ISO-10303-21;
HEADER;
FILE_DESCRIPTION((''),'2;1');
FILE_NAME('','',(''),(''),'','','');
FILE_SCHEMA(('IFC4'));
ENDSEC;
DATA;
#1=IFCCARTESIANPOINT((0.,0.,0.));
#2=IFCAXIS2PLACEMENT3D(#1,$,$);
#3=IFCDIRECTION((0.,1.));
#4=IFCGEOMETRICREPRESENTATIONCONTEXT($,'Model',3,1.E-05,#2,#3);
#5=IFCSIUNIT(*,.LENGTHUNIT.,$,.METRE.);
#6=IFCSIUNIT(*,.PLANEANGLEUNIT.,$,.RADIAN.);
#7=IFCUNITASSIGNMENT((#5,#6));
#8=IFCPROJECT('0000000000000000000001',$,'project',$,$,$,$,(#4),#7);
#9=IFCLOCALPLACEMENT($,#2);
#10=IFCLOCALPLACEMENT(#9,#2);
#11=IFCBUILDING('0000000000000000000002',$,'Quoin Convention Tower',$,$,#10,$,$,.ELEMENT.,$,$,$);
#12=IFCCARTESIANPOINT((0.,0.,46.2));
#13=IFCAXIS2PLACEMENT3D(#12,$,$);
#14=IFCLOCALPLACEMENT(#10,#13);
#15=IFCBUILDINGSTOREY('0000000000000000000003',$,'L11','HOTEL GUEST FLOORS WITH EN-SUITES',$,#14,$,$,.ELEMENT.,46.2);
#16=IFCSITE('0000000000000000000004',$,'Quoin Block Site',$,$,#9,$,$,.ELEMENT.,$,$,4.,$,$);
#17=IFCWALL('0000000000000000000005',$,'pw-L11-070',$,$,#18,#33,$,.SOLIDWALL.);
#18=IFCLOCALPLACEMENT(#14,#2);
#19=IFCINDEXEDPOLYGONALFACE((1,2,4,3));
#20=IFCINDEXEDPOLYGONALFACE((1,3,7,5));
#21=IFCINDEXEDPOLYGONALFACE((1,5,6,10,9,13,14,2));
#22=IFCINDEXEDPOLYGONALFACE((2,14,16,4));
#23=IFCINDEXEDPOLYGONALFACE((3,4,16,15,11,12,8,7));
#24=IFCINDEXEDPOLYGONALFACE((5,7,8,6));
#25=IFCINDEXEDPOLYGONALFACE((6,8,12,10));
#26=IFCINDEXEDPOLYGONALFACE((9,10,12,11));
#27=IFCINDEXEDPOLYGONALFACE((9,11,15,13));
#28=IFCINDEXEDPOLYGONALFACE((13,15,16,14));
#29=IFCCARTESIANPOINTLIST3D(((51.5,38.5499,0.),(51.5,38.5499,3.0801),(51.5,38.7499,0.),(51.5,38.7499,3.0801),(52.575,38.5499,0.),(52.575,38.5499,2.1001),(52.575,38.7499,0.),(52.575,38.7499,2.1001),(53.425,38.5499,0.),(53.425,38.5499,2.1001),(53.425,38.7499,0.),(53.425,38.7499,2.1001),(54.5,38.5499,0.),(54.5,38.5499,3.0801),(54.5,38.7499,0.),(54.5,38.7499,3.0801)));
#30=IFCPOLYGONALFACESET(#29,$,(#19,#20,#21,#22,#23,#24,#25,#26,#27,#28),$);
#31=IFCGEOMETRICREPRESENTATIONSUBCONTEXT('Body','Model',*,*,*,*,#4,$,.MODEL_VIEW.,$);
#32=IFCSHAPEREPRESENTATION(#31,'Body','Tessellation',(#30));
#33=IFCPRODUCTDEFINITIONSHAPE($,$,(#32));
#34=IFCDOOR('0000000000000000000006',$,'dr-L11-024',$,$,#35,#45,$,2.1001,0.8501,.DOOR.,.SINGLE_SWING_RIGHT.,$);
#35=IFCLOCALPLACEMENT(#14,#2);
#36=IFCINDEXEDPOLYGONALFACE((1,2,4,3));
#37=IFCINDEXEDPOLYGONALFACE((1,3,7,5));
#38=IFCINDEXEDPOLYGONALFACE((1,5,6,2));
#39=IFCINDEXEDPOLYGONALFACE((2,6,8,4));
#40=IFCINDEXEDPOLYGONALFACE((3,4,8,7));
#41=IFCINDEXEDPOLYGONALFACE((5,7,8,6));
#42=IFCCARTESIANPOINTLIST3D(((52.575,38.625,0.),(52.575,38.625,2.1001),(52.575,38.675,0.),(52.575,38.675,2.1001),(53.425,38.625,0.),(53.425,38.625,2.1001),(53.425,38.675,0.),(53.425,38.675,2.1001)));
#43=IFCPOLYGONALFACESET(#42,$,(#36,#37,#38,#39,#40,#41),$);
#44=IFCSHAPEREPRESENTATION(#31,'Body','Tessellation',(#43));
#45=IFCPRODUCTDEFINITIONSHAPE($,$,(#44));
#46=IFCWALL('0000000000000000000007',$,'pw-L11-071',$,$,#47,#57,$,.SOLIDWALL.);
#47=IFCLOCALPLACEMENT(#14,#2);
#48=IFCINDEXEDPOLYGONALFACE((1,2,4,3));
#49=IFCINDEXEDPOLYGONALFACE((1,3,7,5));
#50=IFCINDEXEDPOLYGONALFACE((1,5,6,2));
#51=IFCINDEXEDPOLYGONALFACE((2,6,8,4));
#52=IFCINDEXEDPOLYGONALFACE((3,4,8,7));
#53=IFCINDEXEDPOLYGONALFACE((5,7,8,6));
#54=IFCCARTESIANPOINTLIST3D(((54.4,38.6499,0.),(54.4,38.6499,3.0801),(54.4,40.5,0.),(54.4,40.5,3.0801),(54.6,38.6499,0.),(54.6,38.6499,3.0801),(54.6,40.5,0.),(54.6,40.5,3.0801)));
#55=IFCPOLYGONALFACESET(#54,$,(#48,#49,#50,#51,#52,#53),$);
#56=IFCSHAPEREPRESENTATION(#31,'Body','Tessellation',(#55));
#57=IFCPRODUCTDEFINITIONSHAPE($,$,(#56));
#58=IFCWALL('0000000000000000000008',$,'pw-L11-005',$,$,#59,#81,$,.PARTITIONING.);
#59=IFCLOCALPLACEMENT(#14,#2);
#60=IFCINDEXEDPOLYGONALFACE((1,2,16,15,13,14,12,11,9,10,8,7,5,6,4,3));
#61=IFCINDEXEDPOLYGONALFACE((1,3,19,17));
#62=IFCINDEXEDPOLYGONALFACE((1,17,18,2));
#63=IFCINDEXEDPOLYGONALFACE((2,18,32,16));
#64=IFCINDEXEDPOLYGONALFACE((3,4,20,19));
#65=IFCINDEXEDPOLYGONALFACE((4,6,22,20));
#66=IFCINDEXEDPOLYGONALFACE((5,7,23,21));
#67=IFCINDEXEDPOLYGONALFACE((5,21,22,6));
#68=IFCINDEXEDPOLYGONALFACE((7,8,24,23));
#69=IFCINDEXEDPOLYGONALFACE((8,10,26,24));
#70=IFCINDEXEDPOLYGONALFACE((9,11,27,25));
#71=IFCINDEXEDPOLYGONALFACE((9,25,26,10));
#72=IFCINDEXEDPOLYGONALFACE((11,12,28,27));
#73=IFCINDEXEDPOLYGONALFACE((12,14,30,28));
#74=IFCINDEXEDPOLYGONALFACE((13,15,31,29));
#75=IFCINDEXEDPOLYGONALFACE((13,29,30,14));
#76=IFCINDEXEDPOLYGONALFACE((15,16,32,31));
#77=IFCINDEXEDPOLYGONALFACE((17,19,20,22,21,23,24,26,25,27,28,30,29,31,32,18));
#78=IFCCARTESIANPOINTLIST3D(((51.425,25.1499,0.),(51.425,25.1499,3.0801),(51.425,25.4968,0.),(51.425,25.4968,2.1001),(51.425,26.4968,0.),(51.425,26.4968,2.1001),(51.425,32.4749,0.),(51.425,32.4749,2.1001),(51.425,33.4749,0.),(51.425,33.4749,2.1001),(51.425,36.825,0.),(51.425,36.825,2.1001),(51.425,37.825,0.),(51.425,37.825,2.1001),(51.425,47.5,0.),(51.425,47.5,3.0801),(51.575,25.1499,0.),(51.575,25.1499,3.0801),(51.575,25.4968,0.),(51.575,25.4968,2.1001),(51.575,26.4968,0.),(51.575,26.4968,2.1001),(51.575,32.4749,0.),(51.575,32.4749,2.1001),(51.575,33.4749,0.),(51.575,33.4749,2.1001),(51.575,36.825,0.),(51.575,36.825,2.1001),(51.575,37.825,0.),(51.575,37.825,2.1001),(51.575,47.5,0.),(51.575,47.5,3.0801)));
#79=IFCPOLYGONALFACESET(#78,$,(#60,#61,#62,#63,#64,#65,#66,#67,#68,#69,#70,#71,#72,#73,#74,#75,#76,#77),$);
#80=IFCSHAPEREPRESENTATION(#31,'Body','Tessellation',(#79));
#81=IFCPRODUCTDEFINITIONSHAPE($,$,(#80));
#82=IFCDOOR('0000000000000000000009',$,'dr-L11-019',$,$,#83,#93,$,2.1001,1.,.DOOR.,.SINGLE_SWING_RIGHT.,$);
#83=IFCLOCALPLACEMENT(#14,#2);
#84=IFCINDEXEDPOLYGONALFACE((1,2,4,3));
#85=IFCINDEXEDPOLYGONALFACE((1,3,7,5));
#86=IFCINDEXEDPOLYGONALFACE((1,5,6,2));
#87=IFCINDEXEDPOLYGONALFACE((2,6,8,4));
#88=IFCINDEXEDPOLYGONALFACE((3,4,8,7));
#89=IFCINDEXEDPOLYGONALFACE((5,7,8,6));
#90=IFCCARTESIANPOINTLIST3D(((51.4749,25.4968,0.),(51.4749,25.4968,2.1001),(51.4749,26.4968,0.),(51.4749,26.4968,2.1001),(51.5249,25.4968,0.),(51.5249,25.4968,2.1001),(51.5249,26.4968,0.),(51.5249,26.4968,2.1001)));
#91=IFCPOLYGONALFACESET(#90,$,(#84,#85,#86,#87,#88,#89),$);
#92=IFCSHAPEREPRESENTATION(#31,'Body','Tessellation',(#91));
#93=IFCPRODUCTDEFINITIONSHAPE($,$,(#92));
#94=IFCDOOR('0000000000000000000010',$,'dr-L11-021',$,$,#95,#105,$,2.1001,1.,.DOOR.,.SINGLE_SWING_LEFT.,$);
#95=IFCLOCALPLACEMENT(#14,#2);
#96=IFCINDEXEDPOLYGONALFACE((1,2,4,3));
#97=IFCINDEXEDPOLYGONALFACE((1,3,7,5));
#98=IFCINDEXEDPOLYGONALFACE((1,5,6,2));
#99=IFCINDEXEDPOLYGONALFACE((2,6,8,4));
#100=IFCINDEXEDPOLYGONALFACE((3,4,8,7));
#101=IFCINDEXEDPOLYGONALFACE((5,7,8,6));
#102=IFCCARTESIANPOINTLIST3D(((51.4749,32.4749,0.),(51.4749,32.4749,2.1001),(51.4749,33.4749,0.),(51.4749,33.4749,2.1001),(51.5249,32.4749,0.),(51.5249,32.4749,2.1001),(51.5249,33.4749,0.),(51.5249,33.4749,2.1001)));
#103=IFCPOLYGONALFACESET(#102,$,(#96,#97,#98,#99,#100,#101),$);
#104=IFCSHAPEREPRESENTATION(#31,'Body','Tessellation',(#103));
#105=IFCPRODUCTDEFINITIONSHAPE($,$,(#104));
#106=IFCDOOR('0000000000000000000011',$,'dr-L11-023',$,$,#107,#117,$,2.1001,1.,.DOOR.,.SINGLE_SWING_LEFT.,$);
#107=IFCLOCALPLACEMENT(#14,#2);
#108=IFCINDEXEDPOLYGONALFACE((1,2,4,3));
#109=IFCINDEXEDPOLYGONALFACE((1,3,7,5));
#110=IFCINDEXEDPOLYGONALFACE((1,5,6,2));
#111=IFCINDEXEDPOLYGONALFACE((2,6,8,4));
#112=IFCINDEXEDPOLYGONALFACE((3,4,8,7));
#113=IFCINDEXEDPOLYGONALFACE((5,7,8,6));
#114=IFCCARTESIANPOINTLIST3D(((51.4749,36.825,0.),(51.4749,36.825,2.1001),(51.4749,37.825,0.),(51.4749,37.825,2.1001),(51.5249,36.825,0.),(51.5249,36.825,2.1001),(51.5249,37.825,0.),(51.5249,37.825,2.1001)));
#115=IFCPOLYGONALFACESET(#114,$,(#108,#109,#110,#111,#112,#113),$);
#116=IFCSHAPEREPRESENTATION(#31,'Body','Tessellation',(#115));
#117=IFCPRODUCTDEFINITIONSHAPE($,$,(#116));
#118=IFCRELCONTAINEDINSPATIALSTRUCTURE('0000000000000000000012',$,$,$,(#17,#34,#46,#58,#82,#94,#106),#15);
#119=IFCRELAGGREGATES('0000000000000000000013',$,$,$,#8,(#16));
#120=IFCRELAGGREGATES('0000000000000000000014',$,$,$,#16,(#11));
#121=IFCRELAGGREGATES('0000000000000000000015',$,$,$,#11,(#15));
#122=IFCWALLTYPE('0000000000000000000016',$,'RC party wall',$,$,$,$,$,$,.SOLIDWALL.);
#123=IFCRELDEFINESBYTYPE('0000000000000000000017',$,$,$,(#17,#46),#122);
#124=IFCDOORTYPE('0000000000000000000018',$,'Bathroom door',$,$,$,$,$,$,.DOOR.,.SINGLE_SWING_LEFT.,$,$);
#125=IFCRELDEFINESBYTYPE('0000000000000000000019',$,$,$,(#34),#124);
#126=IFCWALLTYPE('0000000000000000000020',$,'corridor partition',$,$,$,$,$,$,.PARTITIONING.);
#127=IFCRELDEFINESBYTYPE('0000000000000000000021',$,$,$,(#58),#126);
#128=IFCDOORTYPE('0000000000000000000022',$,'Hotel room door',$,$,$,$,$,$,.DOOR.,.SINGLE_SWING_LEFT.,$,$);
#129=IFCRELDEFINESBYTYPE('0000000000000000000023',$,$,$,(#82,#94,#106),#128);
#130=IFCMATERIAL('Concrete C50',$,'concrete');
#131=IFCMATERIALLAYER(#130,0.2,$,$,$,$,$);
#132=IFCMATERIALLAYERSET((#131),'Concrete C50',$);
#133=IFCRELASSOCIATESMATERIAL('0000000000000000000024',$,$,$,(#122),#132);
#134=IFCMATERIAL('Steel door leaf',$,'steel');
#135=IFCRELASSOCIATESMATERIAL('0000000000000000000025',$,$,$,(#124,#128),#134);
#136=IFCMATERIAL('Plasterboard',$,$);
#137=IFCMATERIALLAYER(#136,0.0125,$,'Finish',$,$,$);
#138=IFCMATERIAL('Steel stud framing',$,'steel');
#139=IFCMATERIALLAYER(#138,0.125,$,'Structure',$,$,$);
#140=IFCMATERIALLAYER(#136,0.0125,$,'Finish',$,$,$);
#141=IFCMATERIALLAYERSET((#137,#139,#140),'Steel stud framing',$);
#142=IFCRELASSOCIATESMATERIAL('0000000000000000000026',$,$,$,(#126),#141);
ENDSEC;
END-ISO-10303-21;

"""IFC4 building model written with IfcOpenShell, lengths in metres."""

from ifc_helpers import new_model, si_unit, direction, frame, frame_2d, origin, place, context, subcontext, project, spatial, rectangle, extrude, material, layer, layer_set, type_object, element, fill, save


model = new_model("IFC4")

# Units and contexts
model_context = context("Model", 3, precision=1e-05, world=origin(), true_north=direction((0.0, 1.0)))
body_context = subcontext(model_context, "Body", "Model", "MODEL_VIEW")
ifc_project = project(units=[si_unit("LENGTHUNIT", "METRE"), si_unit("PLANEANGLEUNIT", "RADIAN")], contexts=[model_context])

# Site, building, storey
site_placement = place(None, origin())
site = spatial("IfcSite", under=ifc_project, at=site_placement, Name="Quoin Block Site", CompositionType="ELEMENT", RefElevation=4.0)
building_placement = place(site_placement, origin())
building = spatial("IfcBuilding", under=site, at=building_placement, Name="Quoin Convention Tower", CompositionType="ELEMENT")
storey_placement = place(building_placement, frame((0.0, 0.0, 46.2)))
storey = spatial("IfcBuildingStorey", under=building, at=storey_placement, Name="L11", Description="HOTEL GUEST FLOORS WITH EN-SUITES", CompositionType="ELEMENT", Elevation=46.2)

# Shared definitions
ifc_material_1 = material(Name="Concrete C50", Category="concrete")
ifc_layer_1 = layer(ifc_material_1, 0.2)
ifc_layer_set_1 = layer_set([ifc_layer_1], Name="Concrete C50")
wall_type_1 = type_object("IfcWallType", Name="RC party wall", PredefinedType="SOLIDWALL", material=ifc_layer_set_1)
ifc_material_2 = material(Name="Steel door leaf", Category="steel")
door_type_1 = type_object("IfcDoorType", Name="Bathroom door", OperationType="SINGLE_SWING_LEFT", PredefinedType="DOOR", material=ifc_material_2)

# Wall, opening, door
wall_1_placement = place(storey_placement, frame((51.5, 38.6499, 0.0), z_axis=(0.0, 0.0, 1.0), x_axis=(1.0, 0.0, 0.0)))
wall_1 = element("IfcWall", 1, at=wall_1_placement, inside=storey, type_object=wall_type_1, Name="pw-L11-070", PredefinedType="SOLIDWALL", context=body_context, shape_type="SweptSolid", body=[
    extrude(rectangle(XDim=3.0, YDim=0.2, at=frame_2d((1.5, 0.0))), origin(), (0.0, 0.0, 1.0), 3.0801),
])
opening_1_placement = place(wall_1_placement, frame((1.075, 0.0, 0.0)))
opening_1 = element("IfcOpeningElement", 2, at=opening_1_placement, cuts=wall_1, PredefinedType="OPENING", context=body_context, shape_type="SweptSolid", body=[
    extrude(rectangle(XDim=0.8501, YDim=2.1001, at=frame_2d((0.425, 1.05))), frame((0.0, 0.1099, 0.0), z_axis=(0.0, -1.0, 0.0), x_axis=(1.0, 0.0, 0.0)), (0.0, 0.0, 1.0), 0.22),
])
door_1_placement = place(opening_1_placement, frame((0.8501, 0.0, 0.0), z_axis=(0.0, 0.0, 1.0), x_axis=(-1.0, 0.0, 0.0)))
door_1 = element("IfcDoor", 3, at=door_1_placement, inside=storey, type_object=door_type_1, Name="dr-L11-024", OperationType="SINGLE_SWING_RIGHT", OverallHeight=2.1001, OverallWidth=0.8501, PredefinedType="DOOR", context=body_context, shape_type="SweptSolid", body=[
    extrude(rectangle(XDim=0.8501, YDim=2.1001, at=frame_2d((0.425, 1.05))), frame((0.0, 0.0249, 0.0), z_axis=(0.0, -1.0, 0.0), x_axis=(1.0, 0.0, 0.0)), (0.0, 0.0, 1.0), 0.05),
])
fill(opening_1, door_1)

# Wall
wall_2_placement = place(storey_placement, frame((54.5, 38.6499, 0.0), z_axis=(0.0, 0.0, 1.0), x_axis=(0.0, 1.0, 0.0)))
element("IfcWall", 4, at=wall_2_placement, inside=storey, type_object=wall_type_1, Name="pw-L11-071", PredefinedType="SOLIDWALL", context=body_context, shape_type="SweptSolid", body=[
    extrude(rectangle(XDim=1.8501, YDim=0.2, at=frame_2d((0.925, 0.0))), origin(), (0.0, 0.0, 1.0), 3.0801),
])

# Wall, openings, doors
ifc_material_3 = material(Name="Plasterboard")
ifc_layer_2 = layer(ifc_material_3, 0.0125, Name="Finish")
ifc_material_4 = material(Name="Steel stud framing", Category="steel")
ifc_layer_3 = layer(ifc_material_4, 0.125, Name="Structure")
ifc_layer_4 = layer(ifc_material_3, 0.0125, Name="Finish")
ifc_layer_set_2 = layer_set([ifc_layer_2, ifc_layer_3, ifc_layer_4], Name="Steel stud framing")
wall_type_2 = type_object("IfcWallType", Name="corridor partition", PredefinedType="PARTITIONING", material=ifc_layer_set_2)
wall_3_placement = place(storey_placement, frame((51.5, 25.1499, 0.0), z_axis=(0.0, 0.0, 1.0), x_axis=(0.0, 1.0, 0.0)))
wall_3 = element("IfcWall", 5, at=wall_3_placement, inside=storey, type_object=wall_type_2, Name="pw-L11-005", PredefinedType="PARTITIONING", context=body_context, shape_type="SweptSolid", body=[
    extrude(rectangle(XDim=22.3501, YDim=0.1499, at=frame_2d((11.175, 0.0))), origin(), (0.0, 0.0, 1.0), 3.0801),
])
opening_2_placement = place(wall_3_placement, frame((0.3469, 0.0, 0.0)))
opening_2 = element("IfcOpeningElement", 6, at=opening_2_placement, cuts=wall_3, PredefinedType="OPENING", context=body_context, shape_type="SweptSolid", body=[
    extrude(rectangle(XDim=1.0, YDim=2.1001, at=frame_2d((0.5, 1.05))), frame((0.0, 0.085, 0.0), z_axis=(0.0, -1.0, 0.0), x_axis=(1.0, 0.0, 0.0)), (0.0, 0.0, 1.0), 0.1699),
])
opening_3_placement = place(wall_3_placement, frame((7.325, 0.0, 0.0)))
opening_3 = element("IfcOpeningElement", 7, at=opening_3_placement, cuts=wall_3, PredefinedType="OPENING", context=body_context, shape_type="SweptSolid", body=[
    extrude(rectangle(XDim=1.0, YDim=2.1001, at=frame_2d((0.5, 1.05))), frame((0.0, 0.085, 0.0), z_axis=(0.0, -1.0, 0.0), x_axis=(1.0, 0.0, 0.0)), (0.0, 0.0, 1.0), 0.1699),
])
opening_4_placement = place(wall_3_placement, frame((11.675, 0.0, 0.0)))
opening_4 = element("IfcOpeningElement", 8, at=opening_4_placement, cuts=wall_3, PredefinedType="OPENING", context=body_context, shape_type="SweptSolid", body=[
    extrude(rectangle(XDim=1.0, YDim=2.1001, at=frame_2d((0.5, 1.05))), frame((0.0, 0.085, 0.0), z_axis=(0.0, -1.0, 0.0), x_axis=(1.0, 0.0, 0.0)), (0.0, 0.0, 1.0), 0.1699),
])
door_type_2 = type_object("IfcDoorType", Name="Hotel room door", OperationType="SINGLE_SWING_LEFT", PredefinedType="DOOR", material=ifc_material_2)
door_2_placement = place(opening_2_placement, frame((1.0, 0.0, 0.0), z_axis=(0.0, 0.0, 1.0), x_axis=(-1.0, 0.0, 0.0)))
door_2 = element("IfcDoor", 9, at=door_2_placement, inside=storey, type_object=door_type_2, Name="dr-L11-019", OperationType="SINGLE_SWING_RIGHT", OverallHeight=2.1001, OverallWidth=1.0, PredefinedType="DOOR", context=body_context, shape_type="SweptSolid", body=[
    extrude(rectangle(XDim=1.0, YDim=2.1001, at=frame_2d((0.5, 1.05))), frame((0.0, 0.0249, 0.0), z_axis=(0.0, -1.0, 0.0), x_axis=(1.0, 0.0, 0.0)), (0.0, 0.0, 1.0), 0.05),
])
fill(opening_2, door_2)
door_3_placement = place(opening_3_placement, frame((1.0, 0.0, 0.0), z_axis=(0.0, 0.0, 1.0), x_axis=(-1.0, 0.0, 0.0)))
door_3 = element("IfcDoor", 10, at=door_3_placement, inside=storey, type_object=door_type_2, Name="dr-L11-021", OperationType="SINGLE_SWING_LEFT", OverallHeight=2.1001, OverallWidth=1.0, PredefinedType="DOOR", context=body_context, shape_type="SweptSolid", body=[
    extrude(rectangle(XDim=1.0, YDim=2.1001, at=frame_2d((0.5, 1.05))), frame((0.0, 0.0249, 0.0), z_axis=(0.0, -1.0, 0.0), x_axis=(1.0, 0.0, 0.0)), (0.0, 0.0, 1.0), 0.05),
])
fill(opening_3, door_3)
door_4_placement = place(opening_4_placement, frame((1.0, 0.0, 0.0), z_axis=(0.0, 0.0, 1.0), x_axis=(-1.0, 0.0, 0.0)))
door_4 = element("IfcDoor", 11, at=door_4_placement, inside=storey, type_object=door_type_2, Name="dr-L11-023", OperationType="SINGLE_SWING_LEFT", OverallHeight=2.1001, OverallWidth=1.0, PredefinedType="DOOR", context=body_context, shape_type="SweptSolid", body=[
    extrude(rectangle(XDim=1.0, YDim=2.1001, at=frame_2d((0.5, 1.05))), frame((0.0, 0.0249, 0.0), z_axis=(0.0, -1.0, 0.0), x_axis=(1.0, 0.0, 0.0)), (0.0, 0.0, 1.0), 0.05),
])
fill(opening_4, door_4)

save(model, "model.ifc")
